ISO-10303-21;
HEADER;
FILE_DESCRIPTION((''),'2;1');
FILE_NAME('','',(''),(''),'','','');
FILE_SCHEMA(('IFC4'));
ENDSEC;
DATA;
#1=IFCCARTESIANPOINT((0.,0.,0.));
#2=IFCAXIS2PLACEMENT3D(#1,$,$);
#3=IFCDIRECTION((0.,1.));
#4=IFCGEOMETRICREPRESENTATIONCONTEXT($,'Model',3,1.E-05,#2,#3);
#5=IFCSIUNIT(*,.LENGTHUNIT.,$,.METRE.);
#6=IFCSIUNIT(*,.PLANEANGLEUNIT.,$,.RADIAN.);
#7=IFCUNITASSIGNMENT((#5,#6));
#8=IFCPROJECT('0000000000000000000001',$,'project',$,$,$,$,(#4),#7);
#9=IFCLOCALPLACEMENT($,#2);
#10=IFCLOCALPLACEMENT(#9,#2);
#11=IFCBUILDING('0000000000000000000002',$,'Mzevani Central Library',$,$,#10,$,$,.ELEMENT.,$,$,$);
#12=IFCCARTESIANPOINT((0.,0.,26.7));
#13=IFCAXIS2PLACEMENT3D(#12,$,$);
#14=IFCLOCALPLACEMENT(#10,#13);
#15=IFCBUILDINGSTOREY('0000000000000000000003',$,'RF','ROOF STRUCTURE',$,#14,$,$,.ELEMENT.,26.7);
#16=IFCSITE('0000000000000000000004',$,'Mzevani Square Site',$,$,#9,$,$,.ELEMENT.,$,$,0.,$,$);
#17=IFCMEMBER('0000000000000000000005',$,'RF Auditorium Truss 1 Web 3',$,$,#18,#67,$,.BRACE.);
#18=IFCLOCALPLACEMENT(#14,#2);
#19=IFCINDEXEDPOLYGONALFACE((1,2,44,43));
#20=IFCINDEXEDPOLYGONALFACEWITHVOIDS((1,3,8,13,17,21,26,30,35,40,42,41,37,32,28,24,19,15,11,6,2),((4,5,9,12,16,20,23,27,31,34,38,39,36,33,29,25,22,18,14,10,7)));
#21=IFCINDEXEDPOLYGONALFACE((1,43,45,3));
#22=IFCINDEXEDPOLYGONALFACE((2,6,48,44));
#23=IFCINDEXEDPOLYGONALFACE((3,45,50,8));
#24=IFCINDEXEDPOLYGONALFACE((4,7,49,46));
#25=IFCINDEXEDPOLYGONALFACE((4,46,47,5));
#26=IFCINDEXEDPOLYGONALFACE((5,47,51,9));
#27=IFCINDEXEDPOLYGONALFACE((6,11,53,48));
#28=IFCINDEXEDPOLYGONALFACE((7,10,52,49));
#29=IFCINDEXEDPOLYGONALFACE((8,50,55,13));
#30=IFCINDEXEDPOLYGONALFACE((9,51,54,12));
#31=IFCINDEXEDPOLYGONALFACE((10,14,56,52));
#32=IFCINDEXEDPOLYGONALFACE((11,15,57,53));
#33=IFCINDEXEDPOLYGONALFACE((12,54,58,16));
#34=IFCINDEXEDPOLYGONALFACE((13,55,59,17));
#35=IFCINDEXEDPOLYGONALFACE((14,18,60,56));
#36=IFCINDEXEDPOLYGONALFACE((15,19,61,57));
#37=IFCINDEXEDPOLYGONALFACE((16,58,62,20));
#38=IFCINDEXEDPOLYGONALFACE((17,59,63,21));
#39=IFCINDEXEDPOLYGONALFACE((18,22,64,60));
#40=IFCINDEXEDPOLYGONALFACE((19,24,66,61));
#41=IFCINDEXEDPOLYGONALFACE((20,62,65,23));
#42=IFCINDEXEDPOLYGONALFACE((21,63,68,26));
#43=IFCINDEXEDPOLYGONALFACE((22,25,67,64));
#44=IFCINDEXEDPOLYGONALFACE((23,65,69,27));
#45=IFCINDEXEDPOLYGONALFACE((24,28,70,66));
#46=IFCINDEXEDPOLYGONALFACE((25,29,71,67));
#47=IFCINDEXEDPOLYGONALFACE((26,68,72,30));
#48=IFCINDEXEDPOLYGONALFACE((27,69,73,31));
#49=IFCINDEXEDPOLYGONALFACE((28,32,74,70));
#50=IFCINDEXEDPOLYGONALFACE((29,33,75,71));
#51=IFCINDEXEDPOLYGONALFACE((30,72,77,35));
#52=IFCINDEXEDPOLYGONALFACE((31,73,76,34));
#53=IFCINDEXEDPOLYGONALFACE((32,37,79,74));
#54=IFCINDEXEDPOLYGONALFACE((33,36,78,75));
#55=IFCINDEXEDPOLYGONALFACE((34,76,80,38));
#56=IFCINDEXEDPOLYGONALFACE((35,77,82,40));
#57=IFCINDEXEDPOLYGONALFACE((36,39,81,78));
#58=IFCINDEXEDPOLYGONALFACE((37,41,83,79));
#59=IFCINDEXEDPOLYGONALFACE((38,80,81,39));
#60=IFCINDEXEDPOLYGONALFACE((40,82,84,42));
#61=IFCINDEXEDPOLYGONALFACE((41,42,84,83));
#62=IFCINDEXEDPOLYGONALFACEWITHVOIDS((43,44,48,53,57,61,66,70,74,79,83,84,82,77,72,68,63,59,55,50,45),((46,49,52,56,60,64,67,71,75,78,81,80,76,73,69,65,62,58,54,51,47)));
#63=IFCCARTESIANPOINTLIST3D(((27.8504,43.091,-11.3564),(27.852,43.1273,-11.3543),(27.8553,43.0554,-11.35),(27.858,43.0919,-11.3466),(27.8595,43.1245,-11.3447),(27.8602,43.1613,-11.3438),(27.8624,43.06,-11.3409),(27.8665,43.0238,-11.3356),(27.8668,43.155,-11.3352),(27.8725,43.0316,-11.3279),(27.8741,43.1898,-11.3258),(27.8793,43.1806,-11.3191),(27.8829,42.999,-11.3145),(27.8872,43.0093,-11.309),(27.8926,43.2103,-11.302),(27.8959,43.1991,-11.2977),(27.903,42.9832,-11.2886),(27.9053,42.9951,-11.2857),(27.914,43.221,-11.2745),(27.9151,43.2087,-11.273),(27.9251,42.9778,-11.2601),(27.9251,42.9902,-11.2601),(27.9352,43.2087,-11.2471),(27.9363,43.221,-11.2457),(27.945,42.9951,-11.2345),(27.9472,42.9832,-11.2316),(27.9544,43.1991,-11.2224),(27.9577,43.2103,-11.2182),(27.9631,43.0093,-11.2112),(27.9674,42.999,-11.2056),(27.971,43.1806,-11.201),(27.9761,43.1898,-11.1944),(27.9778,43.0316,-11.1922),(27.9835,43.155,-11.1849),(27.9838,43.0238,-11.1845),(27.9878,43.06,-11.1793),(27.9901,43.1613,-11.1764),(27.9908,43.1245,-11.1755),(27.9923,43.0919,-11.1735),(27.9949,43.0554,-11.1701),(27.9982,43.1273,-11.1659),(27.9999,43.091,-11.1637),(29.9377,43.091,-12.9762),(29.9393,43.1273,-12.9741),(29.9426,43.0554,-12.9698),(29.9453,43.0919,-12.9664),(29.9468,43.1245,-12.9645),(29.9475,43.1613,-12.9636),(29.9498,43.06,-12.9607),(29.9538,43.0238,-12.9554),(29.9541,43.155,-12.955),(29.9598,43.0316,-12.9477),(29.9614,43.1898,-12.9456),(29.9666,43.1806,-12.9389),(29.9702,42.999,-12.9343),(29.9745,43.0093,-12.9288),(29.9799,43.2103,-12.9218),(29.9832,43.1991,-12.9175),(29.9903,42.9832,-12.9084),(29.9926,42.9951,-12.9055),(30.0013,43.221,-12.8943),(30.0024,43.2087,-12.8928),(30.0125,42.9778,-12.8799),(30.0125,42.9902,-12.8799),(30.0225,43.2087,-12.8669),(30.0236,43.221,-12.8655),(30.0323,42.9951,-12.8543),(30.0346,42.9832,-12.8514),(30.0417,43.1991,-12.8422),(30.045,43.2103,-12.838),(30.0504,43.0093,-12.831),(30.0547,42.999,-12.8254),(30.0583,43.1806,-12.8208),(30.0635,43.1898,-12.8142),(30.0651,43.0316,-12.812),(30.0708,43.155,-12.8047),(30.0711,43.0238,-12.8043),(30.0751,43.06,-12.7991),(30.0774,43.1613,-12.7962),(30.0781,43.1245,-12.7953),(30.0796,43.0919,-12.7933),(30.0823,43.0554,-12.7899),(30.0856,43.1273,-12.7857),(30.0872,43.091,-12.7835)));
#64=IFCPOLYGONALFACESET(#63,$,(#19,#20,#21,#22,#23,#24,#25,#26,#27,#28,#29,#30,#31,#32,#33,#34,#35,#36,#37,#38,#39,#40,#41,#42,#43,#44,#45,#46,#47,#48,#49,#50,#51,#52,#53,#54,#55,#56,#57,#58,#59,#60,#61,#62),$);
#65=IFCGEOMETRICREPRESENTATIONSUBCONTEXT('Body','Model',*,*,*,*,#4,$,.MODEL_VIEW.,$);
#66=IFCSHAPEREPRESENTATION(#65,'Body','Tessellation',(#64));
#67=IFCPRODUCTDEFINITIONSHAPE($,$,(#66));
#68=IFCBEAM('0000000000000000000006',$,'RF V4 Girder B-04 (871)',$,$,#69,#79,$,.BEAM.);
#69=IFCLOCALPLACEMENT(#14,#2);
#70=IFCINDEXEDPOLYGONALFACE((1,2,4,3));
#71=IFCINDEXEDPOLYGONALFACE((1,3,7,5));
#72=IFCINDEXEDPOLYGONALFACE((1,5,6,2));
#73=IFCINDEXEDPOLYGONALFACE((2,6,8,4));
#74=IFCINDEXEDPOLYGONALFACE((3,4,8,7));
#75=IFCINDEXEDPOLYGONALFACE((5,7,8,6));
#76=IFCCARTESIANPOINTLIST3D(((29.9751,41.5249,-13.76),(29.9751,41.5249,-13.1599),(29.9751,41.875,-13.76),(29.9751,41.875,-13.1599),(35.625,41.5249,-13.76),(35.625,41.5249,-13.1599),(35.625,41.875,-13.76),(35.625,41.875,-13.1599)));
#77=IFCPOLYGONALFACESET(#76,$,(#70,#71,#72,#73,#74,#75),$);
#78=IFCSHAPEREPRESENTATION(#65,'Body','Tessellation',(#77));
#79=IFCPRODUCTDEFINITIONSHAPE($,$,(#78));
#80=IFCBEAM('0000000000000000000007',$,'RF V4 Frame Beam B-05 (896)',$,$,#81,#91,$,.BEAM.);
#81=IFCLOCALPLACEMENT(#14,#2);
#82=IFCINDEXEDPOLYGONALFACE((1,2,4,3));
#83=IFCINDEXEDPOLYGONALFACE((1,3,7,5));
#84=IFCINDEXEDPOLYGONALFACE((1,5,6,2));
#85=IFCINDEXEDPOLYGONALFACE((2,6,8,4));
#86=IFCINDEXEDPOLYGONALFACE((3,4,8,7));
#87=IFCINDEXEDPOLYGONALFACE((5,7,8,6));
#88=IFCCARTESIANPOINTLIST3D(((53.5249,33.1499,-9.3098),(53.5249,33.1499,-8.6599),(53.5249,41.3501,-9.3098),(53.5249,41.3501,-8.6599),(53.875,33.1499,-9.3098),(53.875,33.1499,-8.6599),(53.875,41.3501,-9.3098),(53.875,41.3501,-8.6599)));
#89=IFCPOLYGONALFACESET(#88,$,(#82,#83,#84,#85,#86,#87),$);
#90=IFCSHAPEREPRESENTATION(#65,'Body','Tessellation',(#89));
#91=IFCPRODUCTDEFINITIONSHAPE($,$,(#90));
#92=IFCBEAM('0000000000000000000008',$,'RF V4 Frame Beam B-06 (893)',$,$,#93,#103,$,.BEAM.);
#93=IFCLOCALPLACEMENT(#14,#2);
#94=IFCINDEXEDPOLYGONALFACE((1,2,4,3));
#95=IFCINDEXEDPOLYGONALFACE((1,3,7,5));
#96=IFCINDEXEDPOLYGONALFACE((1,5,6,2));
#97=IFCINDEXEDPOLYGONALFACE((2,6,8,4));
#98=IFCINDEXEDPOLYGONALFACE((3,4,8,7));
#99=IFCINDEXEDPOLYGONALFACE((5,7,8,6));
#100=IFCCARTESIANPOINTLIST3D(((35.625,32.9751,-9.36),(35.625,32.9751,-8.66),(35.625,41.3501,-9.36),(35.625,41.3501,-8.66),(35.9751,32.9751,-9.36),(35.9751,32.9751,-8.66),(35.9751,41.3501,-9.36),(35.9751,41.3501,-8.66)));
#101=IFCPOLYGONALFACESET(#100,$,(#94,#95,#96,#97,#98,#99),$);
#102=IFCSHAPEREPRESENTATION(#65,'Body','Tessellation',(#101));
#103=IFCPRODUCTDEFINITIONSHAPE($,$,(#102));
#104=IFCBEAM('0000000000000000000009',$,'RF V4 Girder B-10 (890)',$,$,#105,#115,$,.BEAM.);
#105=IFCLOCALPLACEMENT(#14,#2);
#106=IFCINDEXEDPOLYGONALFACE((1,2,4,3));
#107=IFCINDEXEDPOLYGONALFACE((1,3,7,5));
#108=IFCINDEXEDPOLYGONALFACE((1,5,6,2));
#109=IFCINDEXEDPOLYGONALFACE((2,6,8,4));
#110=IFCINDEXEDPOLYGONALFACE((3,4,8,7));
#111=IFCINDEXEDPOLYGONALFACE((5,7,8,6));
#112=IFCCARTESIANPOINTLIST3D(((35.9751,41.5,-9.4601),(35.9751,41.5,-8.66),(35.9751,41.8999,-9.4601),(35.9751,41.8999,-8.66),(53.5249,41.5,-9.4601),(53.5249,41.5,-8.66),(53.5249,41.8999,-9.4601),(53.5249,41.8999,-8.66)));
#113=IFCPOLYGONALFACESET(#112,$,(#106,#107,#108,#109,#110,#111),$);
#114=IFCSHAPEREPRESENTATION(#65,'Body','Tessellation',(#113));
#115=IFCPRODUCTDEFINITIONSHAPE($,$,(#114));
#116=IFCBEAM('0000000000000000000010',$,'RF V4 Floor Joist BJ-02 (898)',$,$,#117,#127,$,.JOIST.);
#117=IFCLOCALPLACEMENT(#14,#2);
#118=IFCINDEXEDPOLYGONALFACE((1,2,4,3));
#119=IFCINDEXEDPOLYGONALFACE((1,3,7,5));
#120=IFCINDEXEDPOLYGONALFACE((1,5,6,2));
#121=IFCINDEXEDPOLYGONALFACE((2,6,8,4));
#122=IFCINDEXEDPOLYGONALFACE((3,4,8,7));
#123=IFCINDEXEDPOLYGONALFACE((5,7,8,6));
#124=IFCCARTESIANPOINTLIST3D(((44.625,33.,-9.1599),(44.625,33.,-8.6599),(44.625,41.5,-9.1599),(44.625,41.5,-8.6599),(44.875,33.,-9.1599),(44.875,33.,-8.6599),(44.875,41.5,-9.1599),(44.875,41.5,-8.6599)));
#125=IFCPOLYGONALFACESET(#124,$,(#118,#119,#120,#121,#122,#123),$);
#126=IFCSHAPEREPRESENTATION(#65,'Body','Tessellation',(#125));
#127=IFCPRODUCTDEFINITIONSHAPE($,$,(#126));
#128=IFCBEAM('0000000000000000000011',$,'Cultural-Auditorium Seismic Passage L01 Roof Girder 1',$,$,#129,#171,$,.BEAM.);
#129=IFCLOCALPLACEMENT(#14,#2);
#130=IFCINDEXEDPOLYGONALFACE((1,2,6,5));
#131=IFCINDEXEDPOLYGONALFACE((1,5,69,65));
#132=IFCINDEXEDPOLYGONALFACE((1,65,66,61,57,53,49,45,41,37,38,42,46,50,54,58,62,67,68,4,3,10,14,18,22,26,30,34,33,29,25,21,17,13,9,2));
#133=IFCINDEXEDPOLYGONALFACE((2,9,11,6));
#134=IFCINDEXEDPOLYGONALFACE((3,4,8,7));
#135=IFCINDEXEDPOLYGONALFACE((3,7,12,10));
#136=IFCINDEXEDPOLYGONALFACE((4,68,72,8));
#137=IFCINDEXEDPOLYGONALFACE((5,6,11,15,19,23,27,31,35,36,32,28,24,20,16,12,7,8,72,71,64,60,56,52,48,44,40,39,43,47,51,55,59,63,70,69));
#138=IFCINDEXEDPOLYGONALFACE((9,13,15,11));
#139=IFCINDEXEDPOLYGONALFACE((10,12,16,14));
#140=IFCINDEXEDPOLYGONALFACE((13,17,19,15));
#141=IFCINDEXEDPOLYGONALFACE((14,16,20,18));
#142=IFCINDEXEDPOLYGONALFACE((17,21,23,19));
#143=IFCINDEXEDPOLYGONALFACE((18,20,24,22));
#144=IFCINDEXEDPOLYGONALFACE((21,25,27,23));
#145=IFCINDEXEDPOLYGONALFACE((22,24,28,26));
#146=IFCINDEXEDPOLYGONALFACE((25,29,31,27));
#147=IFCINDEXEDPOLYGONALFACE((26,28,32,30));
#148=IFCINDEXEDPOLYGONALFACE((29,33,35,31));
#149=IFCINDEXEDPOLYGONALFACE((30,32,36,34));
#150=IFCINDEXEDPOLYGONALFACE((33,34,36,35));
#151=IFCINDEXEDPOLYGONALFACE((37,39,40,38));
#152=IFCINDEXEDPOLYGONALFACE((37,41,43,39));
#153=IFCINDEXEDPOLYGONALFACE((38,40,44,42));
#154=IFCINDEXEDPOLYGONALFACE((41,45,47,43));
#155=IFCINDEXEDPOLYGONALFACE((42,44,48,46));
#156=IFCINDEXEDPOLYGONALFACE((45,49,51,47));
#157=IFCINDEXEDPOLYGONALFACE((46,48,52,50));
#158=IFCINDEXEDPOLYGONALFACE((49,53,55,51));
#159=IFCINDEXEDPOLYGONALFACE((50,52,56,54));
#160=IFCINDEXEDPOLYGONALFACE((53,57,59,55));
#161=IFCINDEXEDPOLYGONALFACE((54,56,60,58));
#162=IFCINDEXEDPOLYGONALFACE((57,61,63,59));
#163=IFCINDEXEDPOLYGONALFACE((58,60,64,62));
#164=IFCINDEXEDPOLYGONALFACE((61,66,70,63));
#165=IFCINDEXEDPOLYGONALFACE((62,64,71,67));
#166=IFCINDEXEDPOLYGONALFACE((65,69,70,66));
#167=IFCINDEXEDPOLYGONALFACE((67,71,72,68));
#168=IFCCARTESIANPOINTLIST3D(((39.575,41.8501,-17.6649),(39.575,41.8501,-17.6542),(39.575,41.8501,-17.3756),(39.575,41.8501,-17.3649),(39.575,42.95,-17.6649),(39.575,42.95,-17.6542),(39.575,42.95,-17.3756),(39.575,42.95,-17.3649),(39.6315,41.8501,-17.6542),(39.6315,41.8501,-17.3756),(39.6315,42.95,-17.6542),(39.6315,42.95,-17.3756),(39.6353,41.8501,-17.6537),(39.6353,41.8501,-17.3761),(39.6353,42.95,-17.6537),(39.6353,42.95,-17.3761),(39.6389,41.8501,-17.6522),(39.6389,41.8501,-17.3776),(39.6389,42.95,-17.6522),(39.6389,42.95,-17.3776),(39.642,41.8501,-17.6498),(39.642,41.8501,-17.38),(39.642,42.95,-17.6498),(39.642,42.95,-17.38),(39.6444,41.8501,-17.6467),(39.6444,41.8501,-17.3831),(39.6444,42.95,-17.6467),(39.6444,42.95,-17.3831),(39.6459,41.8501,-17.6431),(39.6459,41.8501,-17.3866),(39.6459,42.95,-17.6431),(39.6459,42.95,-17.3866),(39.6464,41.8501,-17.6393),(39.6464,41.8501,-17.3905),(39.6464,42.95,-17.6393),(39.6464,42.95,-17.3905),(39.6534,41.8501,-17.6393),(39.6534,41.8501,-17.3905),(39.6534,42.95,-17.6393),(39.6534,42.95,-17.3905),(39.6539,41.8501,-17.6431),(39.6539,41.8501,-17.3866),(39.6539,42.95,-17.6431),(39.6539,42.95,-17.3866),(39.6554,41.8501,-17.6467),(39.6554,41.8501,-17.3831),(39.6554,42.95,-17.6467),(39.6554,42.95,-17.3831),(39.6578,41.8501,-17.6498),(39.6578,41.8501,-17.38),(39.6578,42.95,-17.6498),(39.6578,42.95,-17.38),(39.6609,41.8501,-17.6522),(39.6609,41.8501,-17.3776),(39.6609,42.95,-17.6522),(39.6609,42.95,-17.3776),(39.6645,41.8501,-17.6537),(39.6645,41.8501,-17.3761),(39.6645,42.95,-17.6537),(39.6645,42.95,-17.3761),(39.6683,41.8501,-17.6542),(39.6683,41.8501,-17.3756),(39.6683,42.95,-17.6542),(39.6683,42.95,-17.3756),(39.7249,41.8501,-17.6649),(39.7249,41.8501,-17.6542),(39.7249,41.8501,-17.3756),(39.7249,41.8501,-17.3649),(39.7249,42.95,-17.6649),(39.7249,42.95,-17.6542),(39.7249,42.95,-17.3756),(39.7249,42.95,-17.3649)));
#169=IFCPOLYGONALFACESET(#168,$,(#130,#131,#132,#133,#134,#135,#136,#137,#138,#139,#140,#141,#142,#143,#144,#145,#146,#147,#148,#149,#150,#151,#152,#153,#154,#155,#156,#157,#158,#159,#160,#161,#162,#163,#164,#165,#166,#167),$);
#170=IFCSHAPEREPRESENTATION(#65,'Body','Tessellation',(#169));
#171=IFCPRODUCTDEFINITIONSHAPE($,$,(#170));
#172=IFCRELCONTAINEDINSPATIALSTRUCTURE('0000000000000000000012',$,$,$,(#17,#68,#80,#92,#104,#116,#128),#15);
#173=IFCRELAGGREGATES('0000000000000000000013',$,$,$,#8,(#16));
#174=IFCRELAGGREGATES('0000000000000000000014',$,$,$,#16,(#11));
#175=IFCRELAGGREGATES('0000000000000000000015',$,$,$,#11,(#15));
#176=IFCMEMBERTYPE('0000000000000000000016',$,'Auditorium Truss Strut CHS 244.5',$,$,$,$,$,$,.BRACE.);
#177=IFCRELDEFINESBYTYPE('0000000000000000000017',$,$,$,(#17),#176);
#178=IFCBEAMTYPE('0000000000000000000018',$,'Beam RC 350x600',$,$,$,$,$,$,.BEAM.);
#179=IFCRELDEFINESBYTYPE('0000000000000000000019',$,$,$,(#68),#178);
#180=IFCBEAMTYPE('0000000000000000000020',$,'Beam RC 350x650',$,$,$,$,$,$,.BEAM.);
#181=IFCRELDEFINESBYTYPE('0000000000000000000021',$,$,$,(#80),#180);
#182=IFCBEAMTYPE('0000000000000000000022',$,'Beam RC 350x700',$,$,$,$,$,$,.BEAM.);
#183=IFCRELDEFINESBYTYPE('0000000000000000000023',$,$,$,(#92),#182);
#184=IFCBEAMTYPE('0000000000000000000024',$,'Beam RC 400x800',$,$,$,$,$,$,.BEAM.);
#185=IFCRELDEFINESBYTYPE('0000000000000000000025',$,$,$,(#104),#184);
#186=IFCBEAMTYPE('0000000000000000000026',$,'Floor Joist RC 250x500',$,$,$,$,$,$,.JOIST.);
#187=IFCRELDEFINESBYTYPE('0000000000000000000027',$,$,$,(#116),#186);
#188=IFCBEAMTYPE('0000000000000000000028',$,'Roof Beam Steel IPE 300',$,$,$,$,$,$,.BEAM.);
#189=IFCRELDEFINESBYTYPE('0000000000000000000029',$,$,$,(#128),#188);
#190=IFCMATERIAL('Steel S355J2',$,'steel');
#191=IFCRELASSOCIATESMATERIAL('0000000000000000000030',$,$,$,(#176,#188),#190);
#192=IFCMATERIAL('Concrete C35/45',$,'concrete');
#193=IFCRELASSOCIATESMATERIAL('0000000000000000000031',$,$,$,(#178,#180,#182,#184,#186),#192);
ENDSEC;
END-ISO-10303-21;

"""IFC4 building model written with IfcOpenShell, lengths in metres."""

from ifc_helpers import new_model, si_unit, direction, frame, origin, origin_2d, place, context, subcontext, project, spatial, rectangle, hollow_circle, i_section, extrude, material, material_profile, profile_set, type_object, element, save


model = new_model("IFC4")

# Units and contexts
model_context = context("Model", 3, precision=1e-05, world=origin(), true_north=direction((0.0, 1.0)))
body_context = subcontext(model_context, "Body", "Model", "MODEL_VIEW")
ifc_project = project(units=[si_unit("LENGTHUNIT", "METRE"), si_unit("PLANEANGLEUNIT", "RADIAN")], contexts=[model_context])

# Site, building, storey
site_placement = place(None, origin())
site = spatial("IfcSite", under=ifc_project, at=site_placement, Name="Mzevani Square Site", CompositionType="ELEMENT", RefElevation=0.0)
building_placement = place(site_placement, origin())
building = spatial("IfcBuilding", under=site, at=building_placement, Name="Mzevani Central Library", CompositionType="ELEMENT")
storey_placement = place(building_placement, frame((0.0, 0.0, 26.7)))
storey = spatial("IfcBuildingStorey", under=building, at=storey_placement, Name="RF", Description="ROOF STRUCTURE", CompositionType="ELEMENT", Elevation=26.7)

# Member
ifc_material_1 = material(Name="Steel S355J2", Category="steel")
ifc_material_profile_1 = material_profile(ifc_material_1, hollow_circle(Radius=0.1223, WallThickness=0.0125, at=origin_2d()), Name="CHS 244.5x12.5")
ifc_profile_set_1 = profile_set([ifc_material_profile_1], Name="Steel S355J2")
member_type_1 = type_object("IfcMemberType", Name="Auditorium Truss Strut CHS 244.5", PredefinedType="BRACE", material=ifc_profile_set_1)
member_1_placement = place(storey_placement, frame((30.0125, 43.1001, -12.8799), z_axis=(-0.790023, 0.0, 0.613077), x_axis=(0.0, -1.0, 0.0)))
element("IfcMember", 1, at=member_1_placement, inside=storey, type_object=member_type_1, Name="RF Auditorium Truss 1 Web 3", PredefinedType="BRACE", context=body_context, shape_type="SweptSolid", body=[
    extrude(hollow_circle(Radius=0.1223, WallThickness=0.0125, at=origin_2d()), origin(), (0.0, 0.0, 1.0), 2.6421),
])

# Beams
ifc_material_2 = material(Name="Concrete C35/45", Category="concrete")
ifc_material_profile_2 = material_profile(ifc_material_2, rectangle(XDim=0.3501, YDim=0.6001, at=origin_2d()), Name="RC B350x600")
ifc_profile_set_2 = profile_set([ifc_material_profile_2], Name="Concrete C35/45")
beam_type_1 = type_object("IfcBeamType", Name="Beam RC 350x600", PredefinedType="BEAM", material=ifc_profile_set_2)
beam_1_placement = place(storey_placement, frame((29.9751, 41.7, -13.46), z_axis=(1.0, 0.0, 0.0), x_axis=(0.0, 1.0, 0.0)))
element("IfcBeam", 2, at=beam_1_placement, inside=storey, type_object=beam_type_1, Name="RF V4 Girder B-04 (871)", PredefinedType="BEAM", context=body_context, shape_type="SweptSolid", body=[
    extrude(rectangle(XDim=0.3501, YDim=0.6001, at=origin_2d()), origin(), (0.0, 0.0, 1.0), 5.6499),
])
ifc_material_profile_3 = material_profile(ifc_material_2, rectangle(XDim=0.3501, YDim=0.6499, at=origin_2d()), Name="RC B350x650")
ifc_profile_set_3 = profile_set([ifc_material_profile_3], Name="Concrete C35/45")
beam_type_2 = type_object("IfcBeamType", Name="Beam RC 350x650", PredefinedType="BEAM", material=ifc_profile_set_3)
beam_2_placement = place(storey_placement, frame((53.7, 33.1499, -8.9849), z_axis=(0.0, 1.0, 0.0), x_axis=(-1.0, 0.0, 0.0)))
element("IfcBeam", 3, at=beam_2_placement, inside=storey, type_object=beam_type_2, Name="RF V4 Frame Beam B-05 (896)", PredefinedType="BEAM", context=body_context, shape_type="SweptSolid", body=[
    extrude(rectangle(XDim=0.3501, YDim=0.6499, at=origin_2d()), origin(), (0.0, 0.0, 1.0), 8.2002),
])
ifc_material_profile_4 = material_profile(ifc_material_2, rectangle(XDim=0.3501, YDim=0.7, at=origin_2d()), Name="RC B350x700")
ifc_profile_set_4 = profile_set([ifc_material_profile_4], Name="Concrete C35/45")
beam_type_3 = type_object("IfcBeamType", Name="Beam RC 350x700", PredefinedType="BEAM", material=ifc_profile_set_4)
beam_3_placement = place(storey_placement, frame((35.8, 32.9751, -9.01), z_axis=(0.0, 1.0, 0.0), x_axis=(-1.0, 0.0, 0.0)))
element("IfcBeam", 4, at=beam_3_placement, inside=storey, type_object=beam_type_3, Name="RF V4 Frame Beam B-06 (893)", PredefinedType="BEAM", context=body_context, shape_type="SweptSolid", body=[
    extrude(rectangle(XDim=0.3501, YDim=0.7, at=origin_2d()), origin(), (0.0, 0.0, 1.0), 8.375),
])
ifc_material_profile_5 = material_profile(ifc_material_2, rectangle(XDim=0.3999, YDim=0.8, at=origin_2d()), Name="RC B400x800")
ifc_profile_set_5 = profile_set([ifc_material_profile_5], Name="Concrete C35/45")
beam_type_4 = type_object("IfcBeamType", Name="Beam RC 400x800", PredefinedType="BEAM", material=ifc_profile_set_5)
beam_4_placement = place(storey_placement, frame((35.9751, 41.7, -9.0601), z_axis=(1.0, 0.0, 0.0), x_axis=(0.0, 1.0, 0.0)))
element("IfcBeam", 5, at=beam_4_placement, inside=storey, type_object=beam_type_4, Name="RF V4 Girder B-10 (890)", PredefinedType="BEAM", context=body_context, shape_type="SweptSolid", body=[
    extrude(rectangle(XDim=0.3999, YDim=0.8, at=origin_2d()), origin(), (0.0, 0.0, 1.0), 17.5498),
])
ifc_material_profile_6 = material_profile(ifc_material_2, rectangle(XDim=0.25, YDim=0.5, at=origin_2d()), Name="RC J250x500")
ifc_profile_set_6 = profile_set([ifc_material_profile_6], Name="Concrete C35/45")
beam_type_5 = type_object("IfcBeamType", Name="Floor Joist RC 250x500", PredefinedType="JOIST", material=ifc_profile_set_6)
beam_5_placement = place(storey_placement, frame((44.75, 33.0, -8.9099), z_axis=(0.0, 1.0, 0.0), x_axis=(-1.0, 0.0, 0.0)))
element("IfcBeam", 6, at=beam_5_placement, inside=storey, type_object=beam_type_5, Name="RF V4 Floor Joist BJ-02 (898)", PredefinedType="JOIST", context=body_context, shape_type="SweptSolid", body=[
    extrude(rectangle(XDim=0.25, YDim=0.5, at=origin_2d()), origin(), (0.0, 0.0, 1.0), 8.5),
])
ifc_material_profile_7 = material_profile(ifc_material_1, i_section(OverallWidth=0.1499, OverallDepth=0.3, WebThickness=0.0071, FlangeThickness=0.0107, FilletRadius=0.0149, at=origin_2d()), Name="IPE 300")
ifc_profile_set_7 = profile_set([ifc_material_profile_7], Name="Steel S355J2")
beam_type_6 = type_object("IfcBeamType", Name="Roof Beam Steel IPE 300", PredefinedType="BEAM", material=ifc_profile_set_7)
for number, where, z_axis, x_axis, name in (
    (7, (39.6499, 41.8501, -17.5149), (0.0, 1.0, 0.0), (-1.0, 0.0, 0.0), "Cultural-Auditorium Seismic Passage L01 Roof Girder 1"),
):
    element("IfcBeam", number, at=place(storey_placement, frame(where, z_axis=z_axis, x_axis=x_axis)), inside=storey, type_object=beam_type_6, Name=name, PredefinedType="BEAM", context=body_context, shape_type="SweptSolid", body=[
        extrude(i_section(OverallWidth=0.1499, OverallDepth=0.3, WebThickness=0.0071, FlangeThickness=0.0107, FilletRadius=0.0149, at=origin_2d()), origin(), (0.0, 0.0, 1.0), 1.0999),
    ])

save(model, "model.ifc")
